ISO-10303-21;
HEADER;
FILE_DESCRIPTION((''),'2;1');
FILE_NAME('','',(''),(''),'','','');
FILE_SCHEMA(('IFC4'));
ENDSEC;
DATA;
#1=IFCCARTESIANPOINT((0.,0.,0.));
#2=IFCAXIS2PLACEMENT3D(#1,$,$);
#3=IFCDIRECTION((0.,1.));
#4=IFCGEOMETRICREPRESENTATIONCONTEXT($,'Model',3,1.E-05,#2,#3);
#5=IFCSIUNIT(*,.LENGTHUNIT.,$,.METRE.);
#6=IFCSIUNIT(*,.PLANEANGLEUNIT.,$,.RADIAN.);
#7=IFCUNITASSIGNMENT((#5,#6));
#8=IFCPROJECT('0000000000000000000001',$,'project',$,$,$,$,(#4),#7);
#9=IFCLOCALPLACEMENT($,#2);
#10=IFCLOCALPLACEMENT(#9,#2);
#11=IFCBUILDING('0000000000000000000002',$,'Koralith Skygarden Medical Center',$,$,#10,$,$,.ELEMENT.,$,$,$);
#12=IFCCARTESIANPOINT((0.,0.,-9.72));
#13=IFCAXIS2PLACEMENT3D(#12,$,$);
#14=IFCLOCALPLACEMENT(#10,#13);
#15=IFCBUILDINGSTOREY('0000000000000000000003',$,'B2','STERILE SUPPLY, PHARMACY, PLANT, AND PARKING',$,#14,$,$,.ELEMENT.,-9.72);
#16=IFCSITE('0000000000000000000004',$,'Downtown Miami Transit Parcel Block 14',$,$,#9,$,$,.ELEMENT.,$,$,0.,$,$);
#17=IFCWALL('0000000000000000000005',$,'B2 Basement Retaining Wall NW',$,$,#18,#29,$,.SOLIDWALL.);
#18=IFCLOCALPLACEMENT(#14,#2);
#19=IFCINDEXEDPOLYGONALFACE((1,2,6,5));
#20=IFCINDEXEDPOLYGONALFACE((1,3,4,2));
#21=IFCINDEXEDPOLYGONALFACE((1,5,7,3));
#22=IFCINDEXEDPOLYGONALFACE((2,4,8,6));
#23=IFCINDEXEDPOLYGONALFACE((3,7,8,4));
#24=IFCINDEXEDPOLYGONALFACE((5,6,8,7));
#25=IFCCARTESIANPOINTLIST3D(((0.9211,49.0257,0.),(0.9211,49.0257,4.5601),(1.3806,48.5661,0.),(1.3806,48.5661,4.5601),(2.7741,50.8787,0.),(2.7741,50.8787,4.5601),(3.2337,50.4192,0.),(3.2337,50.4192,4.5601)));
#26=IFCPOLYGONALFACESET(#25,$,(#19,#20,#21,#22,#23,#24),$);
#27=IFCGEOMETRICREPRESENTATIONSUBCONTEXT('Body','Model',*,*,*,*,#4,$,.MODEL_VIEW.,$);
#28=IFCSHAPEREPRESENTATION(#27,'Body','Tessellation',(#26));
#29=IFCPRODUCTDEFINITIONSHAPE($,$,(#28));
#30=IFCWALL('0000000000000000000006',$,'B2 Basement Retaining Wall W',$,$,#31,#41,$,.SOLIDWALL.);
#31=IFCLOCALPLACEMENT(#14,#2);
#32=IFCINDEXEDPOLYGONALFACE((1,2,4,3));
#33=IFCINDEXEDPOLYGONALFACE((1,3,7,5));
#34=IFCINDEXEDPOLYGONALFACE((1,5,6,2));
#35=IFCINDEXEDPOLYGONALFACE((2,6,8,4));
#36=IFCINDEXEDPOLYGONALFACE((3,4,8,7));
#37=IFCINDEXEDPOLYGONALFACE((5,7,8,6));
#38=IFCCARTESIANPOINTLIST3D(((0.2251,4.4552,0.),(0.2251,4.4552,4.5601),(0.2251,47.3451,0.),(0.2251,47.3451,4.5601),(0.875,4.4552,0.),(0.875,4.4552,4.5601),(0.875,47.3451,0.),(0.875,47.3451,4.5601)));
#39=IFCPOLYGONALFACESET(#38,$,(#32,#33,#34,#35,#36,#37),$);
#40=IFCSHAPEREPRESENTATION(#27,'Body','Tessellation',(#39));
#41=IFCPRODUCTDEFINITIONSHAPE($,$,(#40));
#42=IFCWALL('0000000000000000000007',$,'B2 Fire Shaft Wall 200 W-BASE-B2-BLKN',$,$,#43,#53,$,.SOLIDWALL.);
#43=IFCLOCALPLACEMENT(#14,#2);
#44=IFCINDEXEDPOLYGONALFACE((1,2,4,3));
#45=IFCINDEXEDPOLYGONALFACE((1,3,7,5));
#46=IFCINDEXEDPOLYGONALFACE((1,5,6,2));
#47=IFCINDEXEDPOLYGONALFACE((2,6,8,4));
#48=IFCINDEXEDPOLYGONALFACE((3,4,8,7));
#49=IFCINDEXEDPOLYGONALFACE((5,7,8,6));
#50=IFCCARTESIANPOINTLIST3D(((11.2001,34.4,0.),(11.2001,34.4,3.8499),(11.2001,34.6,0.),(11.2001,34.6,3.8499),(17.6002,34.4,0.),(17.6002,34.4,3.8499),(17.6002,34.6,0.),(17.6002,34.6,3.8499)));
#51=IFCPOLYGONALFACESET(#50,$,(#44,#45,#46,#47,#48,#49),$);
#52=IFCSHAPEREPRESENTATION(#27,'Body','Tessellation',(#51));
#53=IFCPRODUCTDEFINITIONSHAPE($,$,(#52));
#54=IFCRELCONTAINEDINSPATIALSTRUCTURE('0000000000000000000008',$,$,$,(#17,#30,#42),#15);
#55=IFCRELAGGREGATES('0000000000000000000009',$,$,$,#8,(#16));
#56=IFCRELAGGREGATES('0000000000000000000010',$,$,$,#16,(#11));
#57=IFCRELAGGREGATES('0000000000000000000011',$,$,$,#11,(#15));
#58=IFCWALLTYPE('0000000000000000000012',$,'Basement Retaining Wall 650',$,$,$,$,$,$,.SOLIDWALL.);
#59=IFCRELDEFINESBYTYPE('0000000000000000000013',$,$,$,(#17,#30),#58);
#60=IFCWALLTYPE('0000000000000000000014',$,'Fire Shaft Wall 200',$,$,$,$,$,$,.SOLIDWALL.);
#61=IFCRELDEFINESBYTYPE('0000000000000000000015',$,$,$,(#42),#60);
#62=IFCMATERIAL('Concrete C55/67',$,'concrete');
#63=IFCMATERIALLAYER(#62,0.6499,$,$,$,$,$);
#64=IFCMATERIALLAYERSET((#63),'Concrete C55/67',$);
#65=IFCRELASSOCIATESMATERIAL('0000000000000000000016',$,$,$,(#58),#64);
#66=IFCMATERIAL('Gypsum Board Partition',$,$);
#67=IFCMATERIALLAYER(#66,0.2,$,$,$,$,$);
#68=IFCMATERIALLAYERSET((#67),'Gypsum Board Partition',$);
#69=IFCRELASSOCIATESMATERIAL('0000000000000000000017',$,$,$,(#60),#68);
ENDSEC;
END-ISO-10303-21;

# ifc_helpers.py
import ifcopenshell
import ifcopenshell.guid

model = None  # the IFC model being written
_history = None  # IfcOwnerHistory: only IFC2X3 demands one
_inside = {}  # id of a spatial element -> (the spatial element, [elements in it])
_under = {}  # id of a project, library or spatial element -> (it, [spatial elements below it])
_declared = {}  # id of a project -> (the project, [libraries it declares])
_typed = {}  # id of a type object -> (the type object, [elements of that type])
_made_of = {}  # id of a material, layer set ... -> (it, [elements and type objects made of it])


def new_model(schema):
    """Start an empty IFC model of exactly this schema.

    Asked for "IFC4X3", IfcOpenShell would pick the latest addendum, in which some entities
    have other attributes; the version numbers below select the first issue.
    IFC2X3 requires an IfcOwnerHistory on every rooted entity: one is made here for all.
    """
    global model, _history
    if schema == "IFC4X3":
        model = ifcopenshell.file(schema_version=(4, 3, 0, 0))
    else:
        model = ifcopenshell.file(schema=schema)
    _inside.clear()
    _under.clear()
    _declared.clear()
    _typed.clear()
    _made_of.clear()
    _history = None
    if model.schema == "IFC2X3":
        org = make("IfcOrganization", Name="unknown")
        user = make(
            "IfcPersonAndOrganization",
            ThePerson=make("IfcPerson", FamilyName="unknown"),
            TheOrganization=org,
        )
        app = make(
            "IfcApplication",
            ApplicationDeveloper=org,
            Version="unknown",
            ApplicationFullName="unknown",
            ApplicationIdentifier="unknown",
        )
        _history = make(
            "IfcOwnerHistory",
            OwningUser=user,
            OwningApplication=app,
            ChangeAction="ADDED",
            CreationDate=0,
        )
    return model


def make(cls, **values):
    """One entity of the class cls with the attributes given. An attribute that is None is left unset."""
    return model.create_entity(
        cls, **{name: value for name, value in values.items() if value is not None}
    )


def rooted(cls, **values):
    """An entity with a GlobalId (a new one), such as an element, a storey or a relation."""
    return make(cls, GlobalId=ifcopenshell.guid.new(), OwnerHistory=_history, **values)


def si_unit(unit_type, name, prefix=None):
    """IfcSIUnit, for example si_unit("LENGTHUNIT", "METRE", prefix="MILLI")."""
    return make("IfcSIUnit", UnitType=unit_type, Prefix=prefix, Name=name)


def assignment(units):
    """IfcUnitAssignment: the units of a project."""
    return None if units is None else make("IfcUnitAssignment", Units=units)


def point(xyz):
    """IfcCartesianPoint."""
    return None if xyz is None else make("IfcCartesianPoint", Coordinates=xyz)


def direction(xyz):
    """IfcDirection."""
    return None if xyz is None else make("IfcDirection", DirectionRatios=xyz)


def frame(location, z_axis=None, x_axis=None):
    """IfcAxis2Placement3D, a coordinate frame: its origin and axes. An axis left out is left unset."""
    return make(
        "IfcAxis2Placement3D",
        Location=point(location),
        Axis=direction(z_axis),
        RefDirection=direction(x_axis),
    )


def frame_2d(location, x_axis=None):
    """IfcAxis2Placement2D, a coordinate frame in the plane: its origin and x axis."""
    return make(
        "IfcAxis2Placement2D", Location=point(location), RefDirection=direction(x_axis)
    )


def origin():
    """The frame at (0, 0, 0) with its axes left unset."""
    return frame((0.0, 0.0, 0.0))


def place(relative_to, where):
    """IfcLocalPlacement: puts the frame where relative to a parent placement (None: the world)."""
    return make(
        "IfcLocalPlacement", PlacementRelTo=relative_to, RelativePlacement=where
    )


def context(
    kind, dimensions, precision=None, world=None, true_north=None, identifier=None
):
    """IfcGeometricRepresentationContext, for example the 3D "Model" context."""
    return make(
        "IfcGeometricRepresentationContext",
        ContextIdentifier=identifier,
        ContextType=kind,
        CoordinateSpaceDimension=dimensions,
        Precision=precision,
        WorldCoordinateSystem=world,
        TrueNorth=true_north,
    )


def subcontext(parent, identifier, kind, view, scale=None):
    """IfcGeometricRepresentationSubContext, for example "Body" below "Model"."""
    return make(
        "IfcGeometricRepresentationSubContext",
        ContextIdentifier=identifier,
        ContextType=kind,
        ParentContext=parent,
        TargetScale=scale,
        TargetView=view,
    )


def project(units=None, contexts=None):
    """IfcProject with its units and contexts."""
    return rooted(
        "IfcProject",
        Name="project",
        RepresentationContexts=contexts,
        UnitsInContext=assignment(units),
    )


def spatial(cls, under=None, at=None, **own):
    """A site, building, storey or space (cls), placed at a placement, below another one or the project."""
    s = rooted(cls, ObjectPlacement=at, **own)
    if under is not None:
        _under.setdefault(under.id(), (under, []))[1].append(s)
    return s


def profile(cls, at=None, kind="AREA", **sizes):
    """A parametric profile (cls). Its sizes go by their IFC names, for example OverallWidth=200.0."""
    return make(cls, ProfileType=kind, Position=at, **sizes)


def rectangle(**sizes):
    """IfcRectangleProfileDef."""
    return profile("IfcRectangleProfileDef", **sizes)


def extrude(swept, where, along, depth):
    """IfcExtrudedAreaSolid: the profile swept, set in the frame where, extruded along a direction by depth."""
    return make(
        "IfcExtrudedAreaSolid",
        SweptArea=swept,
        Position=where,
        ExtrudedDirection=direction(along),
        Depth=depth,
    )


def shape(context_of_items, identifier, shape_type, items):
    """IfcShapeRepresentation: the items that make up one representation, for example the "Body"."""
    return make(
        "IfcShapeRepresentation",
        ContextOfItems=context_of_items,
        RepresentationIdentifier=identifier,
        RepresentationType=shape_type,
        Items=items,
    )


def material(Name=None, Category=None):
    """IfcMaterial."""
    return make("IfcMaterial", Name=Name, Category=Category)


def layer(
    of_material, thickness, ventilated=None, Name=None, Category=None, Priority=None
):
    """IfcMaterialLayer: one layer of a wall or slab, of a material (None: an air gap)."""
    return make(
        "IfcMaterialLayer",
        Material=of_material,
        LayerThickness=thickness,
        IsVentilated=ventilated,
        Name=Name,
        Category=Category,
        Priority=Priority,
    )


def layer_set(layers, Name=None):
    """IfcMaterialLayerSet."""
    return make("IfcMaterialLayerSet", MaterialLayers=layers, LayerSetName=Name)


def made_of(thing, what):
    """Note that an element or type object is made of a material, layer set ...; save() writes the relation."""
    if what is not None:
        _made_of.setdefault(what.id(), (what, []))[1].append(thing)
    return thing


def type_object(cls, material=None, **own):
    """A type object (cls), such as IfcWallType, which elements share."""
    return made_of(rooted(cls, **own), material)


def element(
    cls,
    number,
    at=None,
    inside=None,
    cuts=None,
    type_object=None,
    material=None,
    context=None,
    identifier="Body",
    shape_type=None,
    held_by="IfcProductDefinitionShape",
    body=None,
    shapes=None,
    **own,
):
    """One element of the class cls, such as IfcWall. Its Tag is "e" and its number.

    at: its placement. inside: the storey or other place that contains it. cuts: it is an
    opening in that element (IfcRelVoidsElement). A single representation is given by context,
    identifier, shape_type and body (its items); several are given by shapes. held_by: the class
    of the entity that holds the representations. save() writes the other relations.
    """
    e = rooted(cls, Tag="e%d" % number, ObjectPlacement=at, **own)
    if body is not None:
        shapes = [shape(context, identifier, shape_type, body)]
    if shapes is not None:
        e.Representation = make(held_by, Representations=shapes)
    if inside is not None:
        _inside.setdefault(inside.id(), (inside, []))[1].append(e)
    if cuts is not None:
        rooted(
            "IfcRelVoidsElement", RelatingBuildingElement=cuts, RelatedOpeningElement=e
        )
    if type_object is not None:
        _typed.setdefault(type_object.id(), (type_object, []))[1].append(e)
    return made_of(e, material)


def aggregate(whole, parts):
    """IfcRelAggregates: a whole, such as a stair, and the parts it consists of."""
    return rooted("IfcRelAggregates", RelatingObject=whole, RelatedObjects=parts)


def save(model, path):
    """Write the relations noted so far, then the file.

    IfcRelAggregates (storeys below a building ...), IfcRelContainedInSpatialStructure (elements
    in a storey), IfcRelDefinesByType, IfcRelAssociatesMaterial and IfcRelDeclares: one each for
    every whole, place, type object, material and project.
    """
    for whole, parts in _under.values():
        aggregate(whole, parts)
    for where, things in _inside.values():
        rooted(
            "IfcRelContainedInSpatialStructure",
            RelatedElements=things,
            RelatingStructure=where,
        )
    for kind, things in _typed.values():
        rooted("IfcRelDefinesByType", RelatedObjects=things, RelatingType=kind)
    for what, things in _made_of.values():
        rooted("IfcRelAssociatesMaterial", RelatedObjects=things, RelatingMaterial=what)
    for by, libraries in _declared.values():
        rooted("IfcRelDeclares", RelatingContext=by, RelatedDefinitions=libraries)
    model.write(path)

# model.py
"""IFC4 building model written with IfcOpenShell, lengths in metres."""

from ifc_helpers import new_model, si_unit, direction, frame, frame_2d, origin, place, context, subcontext, project, spatial, rectangle, extrude, material, layer, layer_set, type_object, element, save


model = new_model("IFC4")

# Units and contexts
model_context = context("Model", 3, precision=1e-05, world=origin(), true_north=direction((0.0, 1.0)))
body_context = subcontext(model_context, "Body", "Model", "MODEL_VIEW")
ifc_project = project(units=[si_unit("LENGTHUNIT", "METRE"), si_unit("PLANEANGLEUNIT", "RADIAN")], contexts=[model_context])

# Site, building, storey
site_placement = place(None, origin())
site = spatial("IfcSite", under=ifc_project, at=site_placement, Name="Downtown Miami Transit Parcel Block 14", CompositionType="ELEMENT", RefElevation=0.0)
building_placement = place(site_placement, origin())
building = spatial("IfcBuilding", under=site, at=building_placement, Name="Koralith Skygarden Medical Center", CompositionType="ELEMENT")
storey_placement = place(building_placement, frame((0.0, 0.0, -9.72)))
storey = spatial("IfcBuildingStorey", under=building, at=storey_placement, Name="B2", Description="STERILE SUPPLY, PHARMACY, PLANT, AND PARKING", CompositionType="ELEMENT", Elevation=-9.72)

# Shared definitions
ifc_material_1 = material(Name="Concrete C55/67", Category="concrete")

# Walls
ifc_layer_1 = layer(ifc_material_1, 0.6499)
ifc_layer_set_1 = layer_set([ifc_layer_1], Name="Concrete C55/67")
wall_type_1 = type_object("IfcWallType", Name="Basement Retaining Wall 650", PredefinedType="SOLIDWALL", material=ifc_layer_set_1)
wall_1_placement = place(storey_placement, frame((3.0039, 50.6489, 0.0), z_axis=(0.0, 0.0, 1.0), x_axis=(-0.707107, -0.707107, 0.0)))
element("IfcWall", 1, at=wall_1_placement, inside=storey, type_object=wall_type_1, Name="B2 Basement Retaining Wall NW", PredefinedType="SOLIDWALL", context=body_context, shape_type="SweptSolid", body=[
    extrude(rectangle(XDim=2.6206, YDim=0.6499, at=frame_2d((1.3103, 0.0))), origin(), (0.0, 0.0, 1.0), 4.5601),
])
wall_2_placement = place(storey_placement, frame((0.55, 47.345, 0.0), z_axis=(0.0, 0.0, 1.0), x_axis=(0.0, -1.0, 0.0)))
element("IfcWall", 2, at=wall_2_placement, inside=storey, type_object=wall_type_1, Name="B2 Basement Retaining Wall W", PredefinedType="SOLIDWALL", context=body_context, shape_type="SweptSolid", body=[
    extrude(rectangle(XDim=42.8899, YDim=0.6499, at=frame_2d((21.4448, 0.0))), origin(), (0.0, 0.0, 1.0), 4.5601),
])
ifc_material_2 = material(Name="Gypsum Board Partition")
ifc_layer_2 = layer(ifc_material_2, 0.2)
ifc_layer_set_2 = layer_set([ifc_layer_2], Name="Gypsum Board Partition")
wall_type_2 = type_object("IfcWallType", Name="Fire Shaft Wall 200", PredefinedType="SOLIDWALL", material=ifc_layer_set_2)
wall_3_placement = place(storey_placement, frame((11.2, 34.5, 0.0), z_axis=(0.0, 0.0, 1.0), x_axis=(1.0, 0.0, 0.0)))
element("IfcWall", 3, at=wall_3_placement, inside=storey, type_object=wall_type_2, Name="B2 Fire Shaft Wall 200 W-BASE-B2-BLKN", PredefinedType="SOLIDWALL", context=body_context, shape_type="SweptSolid", body=[
    extrude(rectangle(XDim=6.4001, YDim=0.2, at=frame_2d((3.2002, 0.0))), origin(), (0.0, 0.0, 1.0), 3.8499),
])

save(model, "model.ifc")
